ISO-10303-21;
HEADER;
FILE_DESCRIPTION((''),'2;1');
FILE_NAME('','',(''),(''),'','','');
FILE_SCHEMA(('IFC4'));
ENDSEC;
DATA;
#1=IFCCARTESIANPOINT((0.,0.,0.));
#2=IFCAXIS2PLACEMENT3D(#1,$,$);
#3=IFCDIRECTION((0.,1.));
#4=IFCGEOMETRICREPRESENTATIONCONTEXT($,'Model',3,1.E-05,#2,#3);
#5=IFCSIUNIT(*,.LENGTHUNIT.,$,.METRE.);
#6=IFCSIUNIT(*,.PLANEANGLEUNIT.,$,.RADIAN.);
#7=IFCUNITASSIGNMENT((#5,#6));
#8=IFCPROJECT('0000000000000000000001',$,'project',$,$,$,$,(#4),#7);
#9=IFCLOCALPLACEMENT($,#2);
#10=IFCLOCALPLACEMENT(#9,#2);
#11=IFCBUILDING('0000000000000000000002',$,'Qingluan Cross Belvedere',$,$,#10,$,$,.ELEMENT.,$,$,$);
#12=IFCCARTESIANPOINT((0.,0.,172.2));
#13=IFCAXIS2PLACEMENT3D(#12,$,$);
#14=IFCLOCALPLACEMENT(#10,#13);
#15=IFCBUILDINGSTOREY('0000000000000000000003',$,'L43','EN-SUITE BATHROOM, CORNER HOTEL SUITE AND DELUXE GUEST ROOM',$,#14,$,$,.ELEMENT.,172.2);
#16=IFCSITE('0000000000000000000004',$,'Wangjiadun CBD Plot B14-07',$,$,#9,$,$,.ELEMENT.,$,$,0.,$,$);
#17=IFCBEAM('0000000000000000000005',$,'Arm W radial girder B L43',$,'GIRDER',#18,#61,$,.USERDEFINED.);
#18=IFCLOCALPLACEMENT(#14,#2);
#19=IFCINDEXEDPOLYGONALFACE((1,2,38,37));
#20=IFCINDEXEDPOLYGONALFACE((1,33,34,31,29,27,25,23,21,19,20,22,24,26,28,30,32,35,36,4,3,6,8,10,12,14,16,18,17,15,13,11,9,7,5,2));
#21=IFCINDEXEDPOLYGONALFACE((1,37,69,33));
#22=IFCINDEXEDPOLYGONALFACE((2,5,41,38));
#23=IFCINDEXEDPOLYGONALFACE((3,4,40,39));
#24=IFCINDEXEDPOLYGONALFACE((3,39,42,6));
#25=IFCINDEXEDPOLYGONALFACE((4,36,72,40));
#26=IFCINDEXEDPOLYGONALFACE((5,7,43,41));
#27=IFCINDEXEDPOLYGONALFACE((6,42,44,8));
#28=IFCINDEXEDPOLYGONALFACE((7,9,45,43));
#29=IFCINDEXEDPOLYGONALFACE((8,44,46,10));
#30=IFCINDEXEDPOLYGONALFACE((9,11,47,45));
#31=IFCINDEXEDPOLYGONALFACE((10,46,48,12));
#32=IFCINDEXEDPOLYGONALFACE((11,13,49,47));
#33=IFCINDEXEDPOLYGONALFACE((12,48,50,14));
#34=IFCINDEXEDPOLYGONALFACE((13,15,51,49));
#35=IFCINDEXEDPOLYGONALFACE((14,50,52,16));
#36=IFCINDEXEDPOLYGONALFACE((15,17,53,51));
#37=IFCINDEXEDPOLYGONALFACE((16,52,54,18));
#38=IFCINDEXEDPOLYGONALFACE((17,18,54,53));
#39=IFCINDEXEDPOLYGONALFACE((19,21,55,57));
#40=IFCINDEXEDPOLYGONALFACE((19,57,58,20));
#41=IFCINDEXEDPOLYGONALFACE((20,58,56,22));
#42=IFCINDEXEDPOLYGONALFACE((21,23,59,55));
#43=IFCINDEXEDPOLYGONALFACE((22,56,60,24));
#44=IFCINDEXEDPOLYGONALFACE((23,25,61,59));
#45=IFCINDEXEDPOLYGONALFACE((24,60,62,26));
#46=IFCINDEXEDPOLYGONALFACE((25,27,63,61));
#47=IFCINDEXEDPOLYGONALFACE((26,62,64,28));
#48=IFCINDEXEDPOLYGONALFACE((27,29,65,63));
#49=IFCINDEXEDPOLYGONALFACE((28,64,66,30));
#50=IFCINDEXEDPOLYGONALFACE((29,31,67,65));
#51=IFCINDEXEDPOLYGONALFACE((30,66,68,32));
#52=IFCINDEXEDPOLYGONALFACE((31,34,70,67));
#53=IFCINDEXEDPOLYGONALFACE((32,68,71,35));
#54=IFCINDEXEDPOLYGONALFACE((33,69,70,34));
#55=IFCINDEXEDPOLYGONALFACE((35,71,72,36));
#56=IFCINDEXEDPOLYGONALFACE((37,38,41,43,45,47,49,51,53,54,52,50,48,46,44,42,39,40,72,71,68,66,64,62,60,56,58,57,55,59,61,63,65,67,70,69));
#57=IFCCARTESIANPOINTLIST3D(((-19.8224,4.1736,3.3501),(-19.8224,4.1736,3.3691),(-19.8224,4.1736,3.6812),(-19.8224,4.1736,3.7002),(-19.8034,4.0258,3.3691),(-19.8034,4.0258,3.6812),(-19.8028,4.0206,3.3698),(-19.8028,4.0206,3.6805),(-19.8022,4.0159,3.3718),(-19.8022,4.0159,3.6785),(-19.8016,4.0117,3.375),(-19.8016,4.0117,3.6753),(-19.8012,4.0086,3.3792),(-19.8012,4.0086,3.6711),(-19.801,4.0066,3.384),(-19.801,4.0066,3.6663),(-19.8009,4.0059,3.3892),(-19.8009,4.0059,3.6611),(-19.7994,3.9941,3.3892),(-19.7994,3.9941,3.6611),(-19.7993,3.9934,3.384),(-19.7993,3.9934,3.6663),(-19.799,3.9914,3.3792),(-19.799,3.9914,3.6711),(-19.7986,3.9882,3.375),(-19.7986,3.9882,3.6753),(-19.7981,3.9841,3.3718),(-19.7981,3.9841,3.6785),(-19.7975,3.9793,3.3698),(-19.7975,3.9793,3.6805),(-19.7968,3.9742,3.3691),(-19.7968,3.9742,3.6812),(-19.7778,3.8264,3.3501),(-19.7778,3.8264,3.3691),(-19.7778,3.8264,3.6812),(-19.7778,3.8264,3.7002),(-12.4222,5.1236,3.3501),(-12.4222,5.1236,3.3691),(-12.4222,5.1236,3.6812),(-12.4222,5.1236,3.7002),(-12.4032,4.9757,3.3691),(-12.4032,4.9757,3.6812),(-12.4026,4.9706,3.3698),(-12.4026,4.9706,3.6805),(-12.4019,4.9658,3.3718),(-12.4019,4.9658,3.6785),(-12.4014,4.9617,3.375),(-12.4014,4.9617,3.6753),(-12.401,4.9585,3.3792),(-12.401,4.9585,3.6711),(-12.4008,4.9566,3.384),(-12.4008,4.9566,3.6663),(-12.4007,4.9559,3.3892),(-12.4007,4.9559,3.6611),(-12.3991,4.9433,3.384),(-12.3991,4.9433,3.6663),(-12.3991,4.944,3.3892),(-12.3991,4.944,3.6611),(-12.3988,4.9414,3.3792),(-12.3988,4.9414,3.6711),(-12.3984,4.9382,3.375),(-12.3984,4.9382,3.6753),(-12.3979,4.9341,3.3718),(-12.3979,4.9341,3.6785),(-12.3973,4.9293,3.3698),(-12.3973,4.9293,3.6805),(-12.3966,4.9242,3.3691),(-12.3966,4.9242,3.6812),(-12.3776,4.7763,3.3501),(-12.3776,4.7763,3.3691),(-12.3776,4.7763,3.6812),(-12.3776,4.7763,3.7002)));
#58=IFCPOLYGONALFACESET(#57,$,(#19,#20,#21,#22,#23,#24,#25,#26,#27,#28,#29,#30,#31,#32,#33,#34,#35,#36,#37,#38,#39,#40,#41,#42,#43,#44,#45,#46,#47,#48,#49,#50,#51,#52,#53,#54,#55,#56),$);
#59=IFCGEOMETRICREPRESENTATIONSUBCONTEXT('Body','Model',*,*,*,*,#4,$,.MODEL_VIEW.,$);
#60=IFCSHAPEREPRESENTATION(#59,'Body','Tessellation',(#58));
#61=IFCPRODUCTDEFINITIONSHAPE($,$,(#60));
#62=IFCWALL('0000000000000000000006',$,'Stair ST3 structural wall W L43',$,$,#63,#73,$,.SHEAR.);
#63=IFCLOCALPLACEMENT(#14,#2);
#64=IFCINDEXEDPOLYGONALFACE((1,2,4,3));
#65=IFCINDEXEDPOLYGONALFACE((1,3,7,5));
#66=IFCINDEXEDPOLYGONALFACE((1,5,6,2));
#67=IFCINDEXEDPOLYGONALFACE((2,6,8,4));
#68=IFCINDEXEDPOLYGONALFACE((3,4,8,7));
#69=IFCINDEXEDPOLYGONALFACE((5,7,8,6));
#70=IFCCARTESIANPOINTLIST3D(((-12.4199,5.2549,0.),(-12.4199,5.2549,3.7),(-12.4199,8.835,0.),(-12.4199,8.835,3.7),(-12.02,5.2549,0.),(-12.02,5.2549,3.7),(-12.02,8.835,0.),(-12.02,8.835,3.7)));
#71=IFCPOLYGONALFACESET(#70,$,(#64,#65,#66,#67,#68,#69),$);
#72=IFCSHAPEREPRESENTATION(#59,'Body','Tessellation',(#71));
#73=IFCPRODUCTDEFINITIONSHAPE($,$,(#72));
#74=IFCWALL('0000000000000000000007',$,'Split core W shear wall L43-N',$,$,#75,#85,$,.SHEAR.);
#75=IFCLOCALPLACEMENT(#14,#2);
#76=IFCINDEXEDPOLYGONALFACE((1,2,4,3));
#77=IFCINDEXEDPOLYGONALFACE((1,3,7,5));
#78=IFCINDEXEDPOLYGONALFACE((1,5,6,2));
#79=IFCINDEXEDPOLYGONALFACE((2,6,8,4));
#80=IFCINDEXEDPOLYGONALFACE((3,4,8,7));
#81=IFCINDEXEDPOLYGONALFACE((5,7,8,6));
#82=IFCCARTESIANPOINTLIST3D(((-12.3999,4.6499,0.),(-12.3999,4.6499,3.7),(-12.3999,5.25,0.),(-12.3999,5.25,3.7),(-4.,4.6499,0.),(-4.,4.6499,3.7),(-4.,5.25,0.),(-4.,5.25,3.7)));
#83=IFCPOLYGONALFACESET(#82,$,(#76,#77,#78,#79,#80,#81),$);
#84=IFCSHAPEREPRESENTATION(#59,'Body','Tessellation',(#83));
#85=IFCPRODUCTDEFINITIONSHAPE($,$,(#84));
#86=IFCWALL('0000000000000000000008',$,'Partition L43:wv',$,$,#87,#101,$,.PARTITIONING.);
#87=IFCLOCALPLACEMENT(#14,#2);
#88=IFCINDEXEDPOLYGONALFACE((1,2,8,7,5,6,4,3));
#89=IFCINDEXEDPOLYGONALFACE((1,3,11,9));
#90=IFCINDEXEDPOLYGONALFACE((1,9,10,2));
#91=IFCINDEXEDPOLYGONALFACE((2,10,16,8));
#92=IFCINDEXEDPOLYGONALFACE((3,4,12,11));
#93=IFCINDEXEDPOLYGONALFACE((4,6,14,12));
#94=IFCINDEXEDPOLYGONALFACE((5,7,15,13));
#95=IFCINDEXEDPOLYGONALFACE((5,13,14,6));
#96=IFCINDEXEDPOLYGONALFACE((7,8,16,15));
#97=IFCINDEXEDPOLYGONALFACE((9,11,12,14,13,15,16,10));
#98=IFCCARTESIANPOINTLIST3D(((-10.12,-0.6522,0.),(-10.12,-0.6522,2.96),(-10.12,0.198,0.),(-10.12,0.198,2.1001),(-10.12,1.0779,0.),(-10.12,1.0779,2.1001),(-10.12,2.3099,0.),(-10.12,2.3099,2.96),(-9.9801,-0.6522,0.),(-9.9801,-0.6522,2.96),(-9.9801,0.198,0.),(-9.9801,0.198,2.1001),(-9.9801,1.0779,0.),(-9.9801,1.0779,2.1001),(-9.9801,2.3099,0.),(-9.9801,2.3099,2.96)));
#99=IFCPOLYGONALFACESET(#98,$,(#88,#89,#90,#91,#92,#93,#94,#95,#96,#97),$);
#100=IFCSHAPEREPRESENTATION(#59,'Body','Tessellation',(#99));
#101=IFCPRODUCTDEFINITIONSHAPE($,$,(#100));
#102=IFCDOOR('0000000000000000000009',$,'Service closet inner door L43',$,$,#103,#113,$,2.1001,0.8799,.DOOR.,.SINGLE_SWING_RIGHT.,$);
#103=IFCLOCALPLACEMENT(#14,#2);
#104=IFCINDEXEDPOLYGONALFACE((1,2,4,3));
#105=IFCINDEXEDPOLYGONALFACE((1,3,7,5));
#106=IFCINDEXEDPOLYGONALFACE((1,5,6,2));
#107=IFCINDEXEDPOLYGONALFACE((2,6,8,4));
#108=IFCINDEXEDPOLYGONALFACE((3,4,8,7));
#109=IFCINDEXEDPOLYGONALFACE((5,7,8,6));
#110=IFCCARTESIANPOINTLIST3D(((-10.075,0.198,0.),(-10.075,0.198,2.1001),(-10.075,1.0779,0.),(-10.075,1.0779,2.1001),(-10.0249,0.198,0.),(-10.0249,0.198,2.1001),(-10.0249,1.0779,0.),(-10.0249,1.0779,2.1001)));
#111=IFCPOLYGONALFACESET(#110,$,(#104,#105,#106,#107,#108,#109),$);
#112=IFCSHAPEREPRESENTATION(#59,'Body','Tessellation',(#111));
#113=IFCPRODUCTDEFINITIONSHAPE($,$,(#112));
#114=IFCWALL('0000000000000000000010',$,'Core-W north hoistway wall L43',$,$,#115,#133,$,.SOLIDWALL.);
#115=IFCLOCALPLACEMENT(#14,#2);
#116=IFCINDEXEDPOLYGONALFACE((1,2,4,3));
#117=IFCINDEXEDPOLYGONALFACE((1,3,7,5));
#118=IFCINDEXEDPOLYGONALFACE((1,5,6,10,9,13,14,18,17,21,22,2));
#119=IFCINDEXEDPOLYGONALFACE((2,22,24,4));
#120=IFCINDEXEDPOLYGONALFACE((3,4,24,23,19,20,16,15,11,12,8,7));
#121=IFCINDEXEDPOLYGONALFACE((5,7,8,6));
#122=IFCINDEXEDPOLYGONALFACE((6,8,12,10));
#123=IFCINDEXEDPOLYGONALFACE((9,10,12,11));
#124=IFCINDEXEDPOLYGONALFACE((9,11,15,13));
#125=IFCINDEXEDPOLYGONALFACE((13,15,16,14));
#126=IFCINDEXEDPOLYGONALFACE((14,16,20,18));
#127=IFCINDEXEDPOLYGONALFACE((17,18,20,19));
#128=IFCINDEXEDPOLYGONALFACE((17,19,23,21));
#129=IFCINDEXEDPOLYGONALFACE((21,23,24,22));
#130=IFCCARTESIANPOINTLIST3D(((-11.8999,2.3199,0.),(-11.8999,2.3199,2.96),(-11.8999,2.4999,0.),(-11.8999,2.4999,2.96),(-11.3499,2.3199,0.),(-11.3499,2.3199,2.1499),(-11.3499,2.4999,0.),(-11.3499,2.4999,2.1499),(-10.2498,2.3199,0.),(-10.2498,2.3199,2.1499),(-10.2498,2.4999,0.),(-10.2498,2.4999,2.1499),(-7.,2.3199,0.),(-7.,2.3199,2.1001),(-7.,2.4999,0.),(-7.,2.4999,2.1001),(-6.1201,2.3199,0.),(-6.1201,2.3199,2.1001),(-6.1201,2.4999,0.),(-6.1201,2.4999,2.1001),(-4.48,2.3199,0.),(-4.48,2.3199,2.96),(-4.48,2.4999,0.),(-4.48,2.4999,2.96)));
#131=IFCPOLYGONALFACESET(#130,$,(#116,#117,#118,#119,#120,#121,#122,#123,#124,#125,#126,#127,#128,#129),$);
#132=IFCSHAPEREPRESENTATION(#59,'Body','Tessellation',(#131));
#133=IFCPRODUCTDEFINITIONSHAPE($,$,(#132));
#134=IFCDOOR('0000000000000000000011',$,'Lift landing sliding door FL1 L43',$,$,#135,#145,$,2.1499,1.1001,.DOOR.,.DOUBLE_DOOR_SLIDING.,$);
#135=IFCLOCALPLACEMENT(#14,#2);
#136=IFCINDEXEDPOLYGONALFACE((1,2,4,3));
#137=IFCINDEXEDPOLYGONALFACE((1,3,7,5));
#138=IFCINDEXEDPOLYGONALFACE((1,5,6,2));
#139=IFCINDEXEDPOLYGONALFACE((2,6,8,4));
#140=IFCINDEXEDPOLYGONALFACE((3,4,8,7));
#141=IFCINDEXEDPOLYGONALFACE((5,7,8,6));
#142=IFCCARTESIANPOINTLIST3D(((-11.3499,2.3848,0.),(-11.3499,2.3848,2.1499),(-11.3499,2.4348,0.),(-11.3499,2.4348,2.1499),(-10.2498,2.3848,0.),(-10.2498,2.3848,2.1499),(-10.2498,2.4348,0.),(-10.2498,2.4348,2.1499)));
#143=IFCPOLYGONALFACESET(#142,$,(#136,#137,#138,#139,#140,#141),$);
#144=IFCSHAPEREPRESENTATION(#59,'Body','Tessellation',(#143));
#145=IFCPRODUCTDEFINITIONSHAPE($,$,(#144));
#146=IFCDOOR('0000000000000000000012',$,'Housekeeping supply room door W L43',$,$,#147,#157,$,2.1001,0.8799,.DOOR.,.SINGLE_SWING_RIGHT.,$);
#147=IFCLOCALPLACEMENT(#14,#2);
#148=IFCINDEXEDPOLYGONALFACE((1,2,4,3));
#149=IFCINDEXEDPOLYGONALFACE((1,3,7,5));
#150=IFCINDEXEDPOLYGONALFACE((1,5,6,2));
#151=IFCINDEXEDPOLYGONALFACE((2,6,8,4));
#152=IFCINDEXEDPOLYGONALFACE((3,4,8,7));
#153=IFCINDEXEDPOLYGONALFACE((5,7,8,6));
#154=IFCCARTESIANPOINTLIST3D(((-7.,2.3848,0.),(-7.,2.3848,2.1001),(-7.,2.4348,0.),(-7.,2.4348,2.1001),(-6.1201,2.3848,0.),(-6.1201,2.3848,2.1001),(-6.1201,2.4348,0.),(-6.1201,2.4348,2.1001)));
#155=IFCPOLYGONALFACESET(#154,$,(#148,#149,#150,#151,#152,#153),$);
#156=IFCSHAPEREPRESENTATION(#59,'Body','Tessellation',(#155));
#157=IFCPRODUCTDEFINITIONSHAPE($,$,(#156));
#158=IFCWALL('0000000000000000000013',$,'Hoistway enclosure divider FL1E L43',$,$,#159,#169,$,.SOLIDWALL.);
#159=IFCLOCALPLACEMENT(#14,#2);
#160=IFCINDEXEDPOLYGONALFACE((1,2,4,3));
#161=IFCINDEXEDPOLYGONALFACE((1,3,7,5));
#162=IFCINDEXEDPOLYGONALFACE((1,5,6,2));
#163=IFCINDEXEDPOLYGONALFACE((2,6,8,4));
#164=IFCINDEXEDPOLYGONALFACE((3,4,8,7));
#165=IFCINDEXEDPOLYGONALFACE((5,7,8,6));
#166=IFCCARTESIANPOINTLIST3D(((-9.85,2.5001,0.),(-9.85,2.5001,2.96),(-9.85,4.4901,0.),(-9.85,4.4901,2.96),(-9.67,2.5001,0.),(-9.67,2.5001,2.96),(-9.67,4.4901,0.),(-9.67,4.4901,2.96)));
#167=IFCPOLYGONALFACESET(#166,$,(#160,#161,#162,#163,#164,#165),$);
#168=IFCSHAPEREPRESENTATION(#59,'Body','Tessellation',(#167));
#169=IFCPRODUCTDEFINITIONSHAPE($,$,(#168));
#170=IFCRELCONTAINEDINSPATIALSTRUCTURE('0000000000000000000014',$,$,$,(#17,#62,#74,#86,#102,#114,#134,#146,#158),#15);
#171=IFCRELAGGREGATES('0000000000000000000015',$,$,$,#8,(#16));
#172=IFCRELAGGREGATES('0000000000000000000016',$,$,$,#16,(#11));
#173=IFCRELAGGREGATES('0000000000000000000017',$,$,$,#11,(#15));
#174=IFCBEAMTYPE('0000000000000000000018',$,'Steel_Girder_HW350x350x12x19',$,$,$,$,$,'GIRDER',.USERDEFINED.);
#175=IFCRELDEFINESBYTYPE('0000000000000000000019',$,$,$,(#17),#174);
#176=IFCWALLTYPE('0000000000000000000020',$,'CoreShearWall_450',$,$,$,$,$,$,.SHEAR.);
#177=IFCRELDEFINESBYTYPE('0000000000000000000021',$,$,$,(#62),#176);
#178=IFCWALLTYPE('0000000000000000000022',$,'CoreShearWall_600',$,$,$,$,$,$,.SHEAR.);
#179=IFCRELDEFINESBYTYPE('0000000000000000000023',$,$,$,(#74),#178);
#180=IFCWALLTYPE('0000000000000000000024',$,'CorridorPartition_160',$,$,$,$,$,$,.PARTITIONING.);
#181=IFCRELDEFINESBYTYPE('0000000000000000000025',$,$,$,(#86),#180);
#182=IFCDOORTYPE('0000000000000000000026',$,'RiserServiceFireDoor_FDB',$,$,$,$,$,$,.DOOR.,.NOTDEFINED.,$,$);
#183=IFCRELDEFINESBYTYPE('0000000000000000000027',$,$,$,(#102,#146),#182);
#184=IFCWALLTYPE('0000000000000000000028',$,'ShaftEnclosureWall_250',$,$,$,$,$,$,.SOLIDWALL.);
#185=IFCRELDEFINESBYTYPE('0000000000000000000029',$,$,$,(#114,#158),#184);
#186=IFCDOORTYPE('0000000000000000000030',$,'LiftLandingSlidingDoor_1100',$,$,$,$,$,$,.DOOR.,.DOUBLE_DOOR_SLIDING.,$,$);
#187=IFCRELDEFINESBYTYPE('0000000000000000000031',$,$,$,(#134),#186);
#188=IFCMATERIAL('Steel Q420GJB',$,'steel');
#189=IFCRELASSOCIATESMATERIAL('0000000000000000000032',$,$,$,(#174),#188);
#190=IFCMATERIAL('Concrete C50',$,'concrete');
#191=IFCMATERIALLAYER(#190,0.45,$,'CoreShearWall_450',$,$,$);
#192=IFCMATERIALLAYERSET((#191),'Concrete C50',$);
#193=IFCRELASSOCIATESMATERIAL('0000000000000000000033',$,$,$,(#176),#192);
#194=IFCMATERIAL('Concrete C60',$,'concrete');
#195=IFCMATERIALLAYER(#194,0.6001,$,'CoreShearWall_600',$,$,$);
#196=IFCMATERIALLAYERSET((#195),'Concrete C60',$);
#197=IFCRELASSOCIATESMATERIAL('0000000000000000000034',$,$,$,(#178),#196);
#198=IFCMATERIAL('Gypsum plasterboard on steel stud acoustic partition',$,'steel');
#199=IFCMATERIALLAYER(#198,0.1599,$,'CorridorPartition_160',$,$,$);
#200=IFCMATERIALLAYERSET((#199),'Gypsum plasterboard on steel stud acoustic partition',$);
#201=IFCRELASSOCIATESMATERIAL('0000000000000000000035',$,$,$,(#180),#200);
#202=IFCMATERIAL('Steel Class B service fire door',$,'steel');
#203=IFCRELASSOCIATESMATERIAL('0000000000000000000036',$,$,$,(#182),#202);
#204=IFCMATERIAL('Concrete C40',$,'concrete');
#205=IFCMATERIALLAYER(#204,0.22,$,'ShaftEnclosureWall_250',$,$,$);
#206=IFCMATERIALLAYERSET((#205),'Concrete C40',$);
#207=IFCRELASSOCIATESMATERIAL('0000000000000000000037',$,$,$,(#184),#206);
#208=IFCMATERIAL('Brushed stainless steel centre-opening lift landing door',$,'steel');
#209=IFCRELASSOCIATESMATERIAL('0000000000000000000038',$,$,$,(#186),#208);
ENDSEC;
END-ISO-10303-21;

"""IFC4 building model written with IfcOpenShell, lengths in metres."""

from ifc_helpers import new_model, si_unit, direction, frame, frame_2d, origin, origin_2d, place, context, subcontext, project, spatial, rectangle, i_section, extrude, material, layer, layer_set, material_profile, profile_set, type_object, element, fill, save


model = new_model("IFC4")

# Units and contexts
model_context = context("Model", 3, precision=1e-05, world=origin(), true_north=direction((0.0, 1.0)))
body_context = subcontext(model_context, "Body", "Model", "MODEL_VIEW")
ifc_project = project(units=[si_unit("LENGTHUNIT", "METRE"), si_unit("PLANEANGLEUNIT", "RADIAN")], contexts=[model_context])

# Site, building, storey
site_placement = place(None, origin())
site = spatial("IfcSite", under=ifc_project, at=site_placement, Name="Wangjiadun CBD Plot B14-07", CompositionType="ELEMENT", RefElevation=0.0)
building_placement = place(site_placement, origin())
building = spatial("IfcBuilding", under=site, at=building_placement, Name="Qingluan Cross Belvedere", CompositionType="ELEMENT")
storey_placement = place(building_placement, frame((0.0, 0.0, 172.2)))
storey = spatial("IfcBuildingStorey", under=building, at=storey_placement, Name="L43", Description="EN-SUITE BATHROOM, CORNER HOTEL SUITE AND DELUXE GUEST ROOM", CompositionType="ELEMENT", Elevation=172.2)

# Beam
ifc_material_1 = material(Name="Steel Q420GJB", Category="steel")
ifc_material_profile_1 = material_profile(ifc_material_1, i_section(OverallWidth=0.3501, OverallDepth=0.3501, WebThickness=0.012, FlangeThickness=0.019, FilletRadius=0.02, at=origin_2d()), Name="HW350x350x12x19")
ifc_profile_set_1 = profile_set([ifc_material_profile_1], Name="Steel Q420GJB")
beam_type_1 = type_object("IfcBeamType", Name="Steel_Girder_HW350x350x12x19", ElementType="GIRDER", PredefinedType="USERDEFINED", material=ifc_profile_set_1)
beam_1_placement = place(storey_placement, frame((-12.3999, 4.95, 3.5251), z_axis=(-0.991861, -0.127324, 0.0), x_axis=(0.127324, -0.991861, 0.0)))
element("IfcBeam", 1, at=beam_1_placement, inside=storey, type_object=beam_type_1, Name="Arm W radial girder B L43", ObjectType="GIRDER", PredefinedType="USERDEFINED", context=body_context, shape_type="SweptSolid", body=[
    extrude(i_section(OverallWidth=0.3501, OverallDepth=0.3501, WebThickness=0.012, FlangeThickness=0.019, FilletRadius=0.02, at=origin_2d()), origin(), (0.0, 0.0, 1.0), 7.4609),
])

# Wall
ifc_material_2 = material(Name="Concrete C50", Category="concrete")
ifc_layer_1 = layer(ifc_material_2, 0.45, Name="CoreShearWall_450")
ifc_layer_set_1 = layer_set([ifc_layer_1], Name="Concrete C50")
wall_type_1 = type_object("IfcWallType", Name="CoreShearWall_450", PredefinedType="SHEAR", material=ifc_layer_set_1)
wall_1_placement = place(storey_placement, frame((-12.22, 5.2549, 0.0), z_axis=(0.0, 0.0, 1.0), x_axis=(0.0, 1.0, 0.0)))
element("IfcWall", 2, at=wall_1_placement, inside=storey, type_object=wall_type_1, Name="Stair ST3 structural wall W L43", PredefinedType="SHEAR", context=body_context, shape_type="SweptSolid", body=[
    extrude(rectangle(XDim=3.5801, YDim=0.3999, at=frame_2d((1.79, 0.0))), origin(), (0.0, 0.0, 1.0), 3.7),
])

# Wall
ifc_material_3 = material(Name="Concrete C60", Category="concrete")
ifc_layer_2 = layer(ifc_material_3, 0.6001, Name="CoreShearWall_600")
ifc_layer_set_2 = layer_set([ifc_layer_2], Name="Concrete C60")
wall_type_2 = type_object("IfcWallType", Name="CoreShearWall_600", PredefinedType="SHEAR", material=ifc_layer_set_2)
wall_2_placement = place(storey_placement, frame((-12.3999, 4.95, 0.0), z_axis=(0.0, 0.0, 1.0), x_axis=(1.0, 0.0, 0.0)))
element("IfcWall", 3, at=wall_2_placement, inside=storey, type_object=wall_type_2, Name="Split core W shear wall L43-N", PredefinedType="SHEAR", context=body_context, shape_type="SweptSolid", body=[
    extrude(rectangle(XDim=8.3999, YDim=0.6001, at=frame_2d((4.2, 0.0))), origin(), (0.0, 0.0, 1.0), 3.7),
])

# Wall, opening, door
ifc_material_4 = material(Name="Gypsum plasterboard on steel stud acoustic partition", Category="steel")
ifc_layer_3 = layer(ifc_material_4, 0.1599, Name="CorridorPartition_160")
ifc_layer_set_3 = layer_set([ifc_layer_3], Name="Gypsum plasterboard on steel stud acoustic partition")
wall_type_3 = type_object("IfcWallType", Name="CorridorPartition_160", PredefinedType="PARTITIONING", material=ifc_layer_set_3)
wall_3_placement = place(storey_placement, frame((-10.05, -0.6521, 0.0), z_axis=(0.0, 0.0, 1.0), x_axis=(0.0, 1.0, 0.0)))
wall_3 = element("IfcWall", 4, at=wall_3_placement, inside=storey, type_object=wall_type_3, Name="Partition L43:wv", PredefinedType="PARTITIONING", context=body_context, shape_type="SweptSolid", body=[
    extrude(rectangle(XDim=2.9622, YDim=0.1399, at=frame_2d((1.481, 0.0))), origin(), (0.0, 0.0, 1.0), 2.96),
])
opening_1_placement = place(wall_3_placement, frame((0.8501, 0.0, 0.0)))
opening_1 = element("IfcOpeningElement", 5, at=opening_1_placement, cuts=wall_3, PredefinedType="OPENING", context=body_context, shape_type="SweptSolid", body=[
    extrude(rectangle(XDim=0.8799, YDim=2.1001, at=frame_2d((0.4399, 1.05))), frame((0.0, 0.0798, 0.0), z_axis=(0.0, -1.0, 0.0), x_axis=(1.0, 0.0, 0.0)), (0.0, 0.0, 1.0), 0.1599),
])
ifc_material_5 = material(Name="Steel Class B service fire door", Category="steel")
door_type_1 = type_object("IfcDoorType", Name="RiserServiceFireDoor_FDB", OperationType="NOTDEFINED", PredefinedType="DOOR", material=ifc_material_5)
door_1_placement = place(opening_1_placement, origin())
door_1 = element("IfcDoor", 6, at=door_1_placement, inside=storey, type_object=door_type_1, Name="Service closet inner door L43", OperationType="SINGLE_SWING_RIGHT", OverallHeight=2.1001, OverallWidth=0.8799, PredefinedType="DOOR", context=body_context, shape_type="SweptSolid", body=[
    extrude(rectangle(XDim=0.8799, YDim=2.1001, at=frame_2d((0.4399, 1.05))), frame((0.0, 0.0249, 0.0), z_axis=(0.0, -1.0, 0.0), x_axis=(1.0, 0.0, 0.0)), (0.0, 0.0, 1.0), 0.05),
])
fill(opening_1, door_1)

# Wall, openings, doors
ifc_material_6 = material(Name="Concrete C40", Category="concrete")
ifc_layer_4 = layer(ifc_material_6, 0.22, Name="ShaftEnclosureWall_250")
ifc_layer_set_4 = layer_set([ifc_layer_4], Name="Concrete C40")
wall_type_4 = type_object("IfcWallType", Name="ShaftEnclosureWall_250", PredefinedType="SOLIDWALL", material=ifc_layer_set_4)
wall_4_placement = place(storey_placement, frame((-11.8999, 2.4099, 0.0), z_axis=(0.0, 0.0, 1.0), x_axis=(1.0, 0.0, 0.0)))
wall_4 = element("IfcWall", 7, at=wall_4_placement, inside=storey, type_object=wall_type_4, Name="Core-W north hoistway wall L43", PredefinedType="SOLIDWALL", context=body_context, shape_type="SweptSolid", body=[
    extrude(rectangle(XDim=7.4199, YDim=0.1799, at=frame_2d((3.71, 0.0))), origin(), (0.0, 0.0, 1.0), 2.96),
])
opening_2_placement = place(wall_4_placement, frame((0.55, 0.0, 0.0)))
opening_2 = element("IfcOpeningElement", 8, at=opening_2_placement, cuts=wall_4, PredefinedType="OPENING", context=body_context, shape_type="SweptSolid", body=[
    extrude(rectangle(XDim=1.1001, YDim=2.1499, at=frame_2d((0.55, 1.075))), frame((0.0, 0.0999, 0.0), z_axis=(0.0, -1.0, 0.0), x_axis=(1.0, 0.0, 0.0)), (0.0, 0.0, 1.0), 0.2),
])
opening_3_placement = place(wall_4_placement, frame((4.8999, 0.0, 0.0)))
opening_3 = element("IfcOpeningElement", 9, at=opening_3_placement, cuts=wall_4, PredefinedType="OPENING", context=body_context, shape_type="SweptSolid", body=[
    extrude(rectangle(XDim=0.8799, YDim=2.1001, at=frame_2d((0.4399, 1.05))), frame((0.0, 0.0999, 0.0), z_axis=(0.0, -1.0, 0.0), x_axis=(1.0, 0.0, 0.0)), (0.0, 0.0, 1.0), 0.2),
])
ifc_material_7 = material(Name="Brushed stainless steel centre-opening lift landing door", Category="steel")
door_type_2 = type_object("IfcDoorType", Name="LiftLandingSlidingDoor_1100", OperationType="DOUBLE_DOOR_SLIDING", PredefinedType="DOOR", material=ifc_material_7)
door_2_placement = place(opening_2_placement, origin())
door_2 = element("IfcDoor", 10, at=door_2_placement, inside=storey, type_object=door_type_2, Name="Lift landing sliding door FL1 L43", OperationType="DOUBLE_DOOR_SLIDING", OverallHeight=2.1499, OverallWidth=1.1001, PredefinedType="DOOR", context=body_context, shape_type="SweptSolid", body=[
    extrude(rectangle(XDim=1.1001, YDim=2.1499, at=frame_2d((0.55, 1.075))), frame((0.0, 0.0249, 0.0), z_axis=(0.0, -1.0, 0.0), x_axis=(1.0, 0.0, 0.0)), (0.0, 0.0, 1.0), 0.05),
])
fill(opening_2, door_2)
door_3_placement = place(opening_3_placement, origin())
door_3 = element("IfcDoor", 11, at=door_3_placement, inside=storey, type_object=door_type_1, Name="Housekeeping supply room door W L43", OperationType="SINGLE_SWING_RIGHT", OverallHeight=2.1001, OverallWidth=0.8799, PredefinedType="DOOR", context=body_context, shape_type="SweptSolid", body=[
    extrude(rectangle(XDim=0.8799, YDim=2.1001, at=frame_2d((0.4399, 1.05))), frame((0.0, 0.0249, 0.0), z_axis=(0.0, -1.0, 0.0), x_axis=(1.0, 0.0, 0.0)), (0.0, 0.0, 1.0), 0.05),
])
fill(opening_3, door_3)

# Wall
wall_5_placement = place(storey_placement, frame((-9.76, 2.5, 0.0), z_axis=(0.0, 0.0, 1.0), x_axis=(0.0, 1.0, 0.0)))
element("IfcWall", 12, at=wall_5_placement, inside=storey, type_object=wall_type_4, Name="Hoistway enclosure divider FL1E L43", PredefinedType="SOLIDWALL", context=body_context, shape_type="SweptSolid", body=[
    extrude(rectangle(XDim=1.99, YDim=0.1799, at=frame_2d((0.9951, 0.0))), origin(), (0.0, 0.0, 1.0), 2.96),
])

save(model, "model.ifc")
